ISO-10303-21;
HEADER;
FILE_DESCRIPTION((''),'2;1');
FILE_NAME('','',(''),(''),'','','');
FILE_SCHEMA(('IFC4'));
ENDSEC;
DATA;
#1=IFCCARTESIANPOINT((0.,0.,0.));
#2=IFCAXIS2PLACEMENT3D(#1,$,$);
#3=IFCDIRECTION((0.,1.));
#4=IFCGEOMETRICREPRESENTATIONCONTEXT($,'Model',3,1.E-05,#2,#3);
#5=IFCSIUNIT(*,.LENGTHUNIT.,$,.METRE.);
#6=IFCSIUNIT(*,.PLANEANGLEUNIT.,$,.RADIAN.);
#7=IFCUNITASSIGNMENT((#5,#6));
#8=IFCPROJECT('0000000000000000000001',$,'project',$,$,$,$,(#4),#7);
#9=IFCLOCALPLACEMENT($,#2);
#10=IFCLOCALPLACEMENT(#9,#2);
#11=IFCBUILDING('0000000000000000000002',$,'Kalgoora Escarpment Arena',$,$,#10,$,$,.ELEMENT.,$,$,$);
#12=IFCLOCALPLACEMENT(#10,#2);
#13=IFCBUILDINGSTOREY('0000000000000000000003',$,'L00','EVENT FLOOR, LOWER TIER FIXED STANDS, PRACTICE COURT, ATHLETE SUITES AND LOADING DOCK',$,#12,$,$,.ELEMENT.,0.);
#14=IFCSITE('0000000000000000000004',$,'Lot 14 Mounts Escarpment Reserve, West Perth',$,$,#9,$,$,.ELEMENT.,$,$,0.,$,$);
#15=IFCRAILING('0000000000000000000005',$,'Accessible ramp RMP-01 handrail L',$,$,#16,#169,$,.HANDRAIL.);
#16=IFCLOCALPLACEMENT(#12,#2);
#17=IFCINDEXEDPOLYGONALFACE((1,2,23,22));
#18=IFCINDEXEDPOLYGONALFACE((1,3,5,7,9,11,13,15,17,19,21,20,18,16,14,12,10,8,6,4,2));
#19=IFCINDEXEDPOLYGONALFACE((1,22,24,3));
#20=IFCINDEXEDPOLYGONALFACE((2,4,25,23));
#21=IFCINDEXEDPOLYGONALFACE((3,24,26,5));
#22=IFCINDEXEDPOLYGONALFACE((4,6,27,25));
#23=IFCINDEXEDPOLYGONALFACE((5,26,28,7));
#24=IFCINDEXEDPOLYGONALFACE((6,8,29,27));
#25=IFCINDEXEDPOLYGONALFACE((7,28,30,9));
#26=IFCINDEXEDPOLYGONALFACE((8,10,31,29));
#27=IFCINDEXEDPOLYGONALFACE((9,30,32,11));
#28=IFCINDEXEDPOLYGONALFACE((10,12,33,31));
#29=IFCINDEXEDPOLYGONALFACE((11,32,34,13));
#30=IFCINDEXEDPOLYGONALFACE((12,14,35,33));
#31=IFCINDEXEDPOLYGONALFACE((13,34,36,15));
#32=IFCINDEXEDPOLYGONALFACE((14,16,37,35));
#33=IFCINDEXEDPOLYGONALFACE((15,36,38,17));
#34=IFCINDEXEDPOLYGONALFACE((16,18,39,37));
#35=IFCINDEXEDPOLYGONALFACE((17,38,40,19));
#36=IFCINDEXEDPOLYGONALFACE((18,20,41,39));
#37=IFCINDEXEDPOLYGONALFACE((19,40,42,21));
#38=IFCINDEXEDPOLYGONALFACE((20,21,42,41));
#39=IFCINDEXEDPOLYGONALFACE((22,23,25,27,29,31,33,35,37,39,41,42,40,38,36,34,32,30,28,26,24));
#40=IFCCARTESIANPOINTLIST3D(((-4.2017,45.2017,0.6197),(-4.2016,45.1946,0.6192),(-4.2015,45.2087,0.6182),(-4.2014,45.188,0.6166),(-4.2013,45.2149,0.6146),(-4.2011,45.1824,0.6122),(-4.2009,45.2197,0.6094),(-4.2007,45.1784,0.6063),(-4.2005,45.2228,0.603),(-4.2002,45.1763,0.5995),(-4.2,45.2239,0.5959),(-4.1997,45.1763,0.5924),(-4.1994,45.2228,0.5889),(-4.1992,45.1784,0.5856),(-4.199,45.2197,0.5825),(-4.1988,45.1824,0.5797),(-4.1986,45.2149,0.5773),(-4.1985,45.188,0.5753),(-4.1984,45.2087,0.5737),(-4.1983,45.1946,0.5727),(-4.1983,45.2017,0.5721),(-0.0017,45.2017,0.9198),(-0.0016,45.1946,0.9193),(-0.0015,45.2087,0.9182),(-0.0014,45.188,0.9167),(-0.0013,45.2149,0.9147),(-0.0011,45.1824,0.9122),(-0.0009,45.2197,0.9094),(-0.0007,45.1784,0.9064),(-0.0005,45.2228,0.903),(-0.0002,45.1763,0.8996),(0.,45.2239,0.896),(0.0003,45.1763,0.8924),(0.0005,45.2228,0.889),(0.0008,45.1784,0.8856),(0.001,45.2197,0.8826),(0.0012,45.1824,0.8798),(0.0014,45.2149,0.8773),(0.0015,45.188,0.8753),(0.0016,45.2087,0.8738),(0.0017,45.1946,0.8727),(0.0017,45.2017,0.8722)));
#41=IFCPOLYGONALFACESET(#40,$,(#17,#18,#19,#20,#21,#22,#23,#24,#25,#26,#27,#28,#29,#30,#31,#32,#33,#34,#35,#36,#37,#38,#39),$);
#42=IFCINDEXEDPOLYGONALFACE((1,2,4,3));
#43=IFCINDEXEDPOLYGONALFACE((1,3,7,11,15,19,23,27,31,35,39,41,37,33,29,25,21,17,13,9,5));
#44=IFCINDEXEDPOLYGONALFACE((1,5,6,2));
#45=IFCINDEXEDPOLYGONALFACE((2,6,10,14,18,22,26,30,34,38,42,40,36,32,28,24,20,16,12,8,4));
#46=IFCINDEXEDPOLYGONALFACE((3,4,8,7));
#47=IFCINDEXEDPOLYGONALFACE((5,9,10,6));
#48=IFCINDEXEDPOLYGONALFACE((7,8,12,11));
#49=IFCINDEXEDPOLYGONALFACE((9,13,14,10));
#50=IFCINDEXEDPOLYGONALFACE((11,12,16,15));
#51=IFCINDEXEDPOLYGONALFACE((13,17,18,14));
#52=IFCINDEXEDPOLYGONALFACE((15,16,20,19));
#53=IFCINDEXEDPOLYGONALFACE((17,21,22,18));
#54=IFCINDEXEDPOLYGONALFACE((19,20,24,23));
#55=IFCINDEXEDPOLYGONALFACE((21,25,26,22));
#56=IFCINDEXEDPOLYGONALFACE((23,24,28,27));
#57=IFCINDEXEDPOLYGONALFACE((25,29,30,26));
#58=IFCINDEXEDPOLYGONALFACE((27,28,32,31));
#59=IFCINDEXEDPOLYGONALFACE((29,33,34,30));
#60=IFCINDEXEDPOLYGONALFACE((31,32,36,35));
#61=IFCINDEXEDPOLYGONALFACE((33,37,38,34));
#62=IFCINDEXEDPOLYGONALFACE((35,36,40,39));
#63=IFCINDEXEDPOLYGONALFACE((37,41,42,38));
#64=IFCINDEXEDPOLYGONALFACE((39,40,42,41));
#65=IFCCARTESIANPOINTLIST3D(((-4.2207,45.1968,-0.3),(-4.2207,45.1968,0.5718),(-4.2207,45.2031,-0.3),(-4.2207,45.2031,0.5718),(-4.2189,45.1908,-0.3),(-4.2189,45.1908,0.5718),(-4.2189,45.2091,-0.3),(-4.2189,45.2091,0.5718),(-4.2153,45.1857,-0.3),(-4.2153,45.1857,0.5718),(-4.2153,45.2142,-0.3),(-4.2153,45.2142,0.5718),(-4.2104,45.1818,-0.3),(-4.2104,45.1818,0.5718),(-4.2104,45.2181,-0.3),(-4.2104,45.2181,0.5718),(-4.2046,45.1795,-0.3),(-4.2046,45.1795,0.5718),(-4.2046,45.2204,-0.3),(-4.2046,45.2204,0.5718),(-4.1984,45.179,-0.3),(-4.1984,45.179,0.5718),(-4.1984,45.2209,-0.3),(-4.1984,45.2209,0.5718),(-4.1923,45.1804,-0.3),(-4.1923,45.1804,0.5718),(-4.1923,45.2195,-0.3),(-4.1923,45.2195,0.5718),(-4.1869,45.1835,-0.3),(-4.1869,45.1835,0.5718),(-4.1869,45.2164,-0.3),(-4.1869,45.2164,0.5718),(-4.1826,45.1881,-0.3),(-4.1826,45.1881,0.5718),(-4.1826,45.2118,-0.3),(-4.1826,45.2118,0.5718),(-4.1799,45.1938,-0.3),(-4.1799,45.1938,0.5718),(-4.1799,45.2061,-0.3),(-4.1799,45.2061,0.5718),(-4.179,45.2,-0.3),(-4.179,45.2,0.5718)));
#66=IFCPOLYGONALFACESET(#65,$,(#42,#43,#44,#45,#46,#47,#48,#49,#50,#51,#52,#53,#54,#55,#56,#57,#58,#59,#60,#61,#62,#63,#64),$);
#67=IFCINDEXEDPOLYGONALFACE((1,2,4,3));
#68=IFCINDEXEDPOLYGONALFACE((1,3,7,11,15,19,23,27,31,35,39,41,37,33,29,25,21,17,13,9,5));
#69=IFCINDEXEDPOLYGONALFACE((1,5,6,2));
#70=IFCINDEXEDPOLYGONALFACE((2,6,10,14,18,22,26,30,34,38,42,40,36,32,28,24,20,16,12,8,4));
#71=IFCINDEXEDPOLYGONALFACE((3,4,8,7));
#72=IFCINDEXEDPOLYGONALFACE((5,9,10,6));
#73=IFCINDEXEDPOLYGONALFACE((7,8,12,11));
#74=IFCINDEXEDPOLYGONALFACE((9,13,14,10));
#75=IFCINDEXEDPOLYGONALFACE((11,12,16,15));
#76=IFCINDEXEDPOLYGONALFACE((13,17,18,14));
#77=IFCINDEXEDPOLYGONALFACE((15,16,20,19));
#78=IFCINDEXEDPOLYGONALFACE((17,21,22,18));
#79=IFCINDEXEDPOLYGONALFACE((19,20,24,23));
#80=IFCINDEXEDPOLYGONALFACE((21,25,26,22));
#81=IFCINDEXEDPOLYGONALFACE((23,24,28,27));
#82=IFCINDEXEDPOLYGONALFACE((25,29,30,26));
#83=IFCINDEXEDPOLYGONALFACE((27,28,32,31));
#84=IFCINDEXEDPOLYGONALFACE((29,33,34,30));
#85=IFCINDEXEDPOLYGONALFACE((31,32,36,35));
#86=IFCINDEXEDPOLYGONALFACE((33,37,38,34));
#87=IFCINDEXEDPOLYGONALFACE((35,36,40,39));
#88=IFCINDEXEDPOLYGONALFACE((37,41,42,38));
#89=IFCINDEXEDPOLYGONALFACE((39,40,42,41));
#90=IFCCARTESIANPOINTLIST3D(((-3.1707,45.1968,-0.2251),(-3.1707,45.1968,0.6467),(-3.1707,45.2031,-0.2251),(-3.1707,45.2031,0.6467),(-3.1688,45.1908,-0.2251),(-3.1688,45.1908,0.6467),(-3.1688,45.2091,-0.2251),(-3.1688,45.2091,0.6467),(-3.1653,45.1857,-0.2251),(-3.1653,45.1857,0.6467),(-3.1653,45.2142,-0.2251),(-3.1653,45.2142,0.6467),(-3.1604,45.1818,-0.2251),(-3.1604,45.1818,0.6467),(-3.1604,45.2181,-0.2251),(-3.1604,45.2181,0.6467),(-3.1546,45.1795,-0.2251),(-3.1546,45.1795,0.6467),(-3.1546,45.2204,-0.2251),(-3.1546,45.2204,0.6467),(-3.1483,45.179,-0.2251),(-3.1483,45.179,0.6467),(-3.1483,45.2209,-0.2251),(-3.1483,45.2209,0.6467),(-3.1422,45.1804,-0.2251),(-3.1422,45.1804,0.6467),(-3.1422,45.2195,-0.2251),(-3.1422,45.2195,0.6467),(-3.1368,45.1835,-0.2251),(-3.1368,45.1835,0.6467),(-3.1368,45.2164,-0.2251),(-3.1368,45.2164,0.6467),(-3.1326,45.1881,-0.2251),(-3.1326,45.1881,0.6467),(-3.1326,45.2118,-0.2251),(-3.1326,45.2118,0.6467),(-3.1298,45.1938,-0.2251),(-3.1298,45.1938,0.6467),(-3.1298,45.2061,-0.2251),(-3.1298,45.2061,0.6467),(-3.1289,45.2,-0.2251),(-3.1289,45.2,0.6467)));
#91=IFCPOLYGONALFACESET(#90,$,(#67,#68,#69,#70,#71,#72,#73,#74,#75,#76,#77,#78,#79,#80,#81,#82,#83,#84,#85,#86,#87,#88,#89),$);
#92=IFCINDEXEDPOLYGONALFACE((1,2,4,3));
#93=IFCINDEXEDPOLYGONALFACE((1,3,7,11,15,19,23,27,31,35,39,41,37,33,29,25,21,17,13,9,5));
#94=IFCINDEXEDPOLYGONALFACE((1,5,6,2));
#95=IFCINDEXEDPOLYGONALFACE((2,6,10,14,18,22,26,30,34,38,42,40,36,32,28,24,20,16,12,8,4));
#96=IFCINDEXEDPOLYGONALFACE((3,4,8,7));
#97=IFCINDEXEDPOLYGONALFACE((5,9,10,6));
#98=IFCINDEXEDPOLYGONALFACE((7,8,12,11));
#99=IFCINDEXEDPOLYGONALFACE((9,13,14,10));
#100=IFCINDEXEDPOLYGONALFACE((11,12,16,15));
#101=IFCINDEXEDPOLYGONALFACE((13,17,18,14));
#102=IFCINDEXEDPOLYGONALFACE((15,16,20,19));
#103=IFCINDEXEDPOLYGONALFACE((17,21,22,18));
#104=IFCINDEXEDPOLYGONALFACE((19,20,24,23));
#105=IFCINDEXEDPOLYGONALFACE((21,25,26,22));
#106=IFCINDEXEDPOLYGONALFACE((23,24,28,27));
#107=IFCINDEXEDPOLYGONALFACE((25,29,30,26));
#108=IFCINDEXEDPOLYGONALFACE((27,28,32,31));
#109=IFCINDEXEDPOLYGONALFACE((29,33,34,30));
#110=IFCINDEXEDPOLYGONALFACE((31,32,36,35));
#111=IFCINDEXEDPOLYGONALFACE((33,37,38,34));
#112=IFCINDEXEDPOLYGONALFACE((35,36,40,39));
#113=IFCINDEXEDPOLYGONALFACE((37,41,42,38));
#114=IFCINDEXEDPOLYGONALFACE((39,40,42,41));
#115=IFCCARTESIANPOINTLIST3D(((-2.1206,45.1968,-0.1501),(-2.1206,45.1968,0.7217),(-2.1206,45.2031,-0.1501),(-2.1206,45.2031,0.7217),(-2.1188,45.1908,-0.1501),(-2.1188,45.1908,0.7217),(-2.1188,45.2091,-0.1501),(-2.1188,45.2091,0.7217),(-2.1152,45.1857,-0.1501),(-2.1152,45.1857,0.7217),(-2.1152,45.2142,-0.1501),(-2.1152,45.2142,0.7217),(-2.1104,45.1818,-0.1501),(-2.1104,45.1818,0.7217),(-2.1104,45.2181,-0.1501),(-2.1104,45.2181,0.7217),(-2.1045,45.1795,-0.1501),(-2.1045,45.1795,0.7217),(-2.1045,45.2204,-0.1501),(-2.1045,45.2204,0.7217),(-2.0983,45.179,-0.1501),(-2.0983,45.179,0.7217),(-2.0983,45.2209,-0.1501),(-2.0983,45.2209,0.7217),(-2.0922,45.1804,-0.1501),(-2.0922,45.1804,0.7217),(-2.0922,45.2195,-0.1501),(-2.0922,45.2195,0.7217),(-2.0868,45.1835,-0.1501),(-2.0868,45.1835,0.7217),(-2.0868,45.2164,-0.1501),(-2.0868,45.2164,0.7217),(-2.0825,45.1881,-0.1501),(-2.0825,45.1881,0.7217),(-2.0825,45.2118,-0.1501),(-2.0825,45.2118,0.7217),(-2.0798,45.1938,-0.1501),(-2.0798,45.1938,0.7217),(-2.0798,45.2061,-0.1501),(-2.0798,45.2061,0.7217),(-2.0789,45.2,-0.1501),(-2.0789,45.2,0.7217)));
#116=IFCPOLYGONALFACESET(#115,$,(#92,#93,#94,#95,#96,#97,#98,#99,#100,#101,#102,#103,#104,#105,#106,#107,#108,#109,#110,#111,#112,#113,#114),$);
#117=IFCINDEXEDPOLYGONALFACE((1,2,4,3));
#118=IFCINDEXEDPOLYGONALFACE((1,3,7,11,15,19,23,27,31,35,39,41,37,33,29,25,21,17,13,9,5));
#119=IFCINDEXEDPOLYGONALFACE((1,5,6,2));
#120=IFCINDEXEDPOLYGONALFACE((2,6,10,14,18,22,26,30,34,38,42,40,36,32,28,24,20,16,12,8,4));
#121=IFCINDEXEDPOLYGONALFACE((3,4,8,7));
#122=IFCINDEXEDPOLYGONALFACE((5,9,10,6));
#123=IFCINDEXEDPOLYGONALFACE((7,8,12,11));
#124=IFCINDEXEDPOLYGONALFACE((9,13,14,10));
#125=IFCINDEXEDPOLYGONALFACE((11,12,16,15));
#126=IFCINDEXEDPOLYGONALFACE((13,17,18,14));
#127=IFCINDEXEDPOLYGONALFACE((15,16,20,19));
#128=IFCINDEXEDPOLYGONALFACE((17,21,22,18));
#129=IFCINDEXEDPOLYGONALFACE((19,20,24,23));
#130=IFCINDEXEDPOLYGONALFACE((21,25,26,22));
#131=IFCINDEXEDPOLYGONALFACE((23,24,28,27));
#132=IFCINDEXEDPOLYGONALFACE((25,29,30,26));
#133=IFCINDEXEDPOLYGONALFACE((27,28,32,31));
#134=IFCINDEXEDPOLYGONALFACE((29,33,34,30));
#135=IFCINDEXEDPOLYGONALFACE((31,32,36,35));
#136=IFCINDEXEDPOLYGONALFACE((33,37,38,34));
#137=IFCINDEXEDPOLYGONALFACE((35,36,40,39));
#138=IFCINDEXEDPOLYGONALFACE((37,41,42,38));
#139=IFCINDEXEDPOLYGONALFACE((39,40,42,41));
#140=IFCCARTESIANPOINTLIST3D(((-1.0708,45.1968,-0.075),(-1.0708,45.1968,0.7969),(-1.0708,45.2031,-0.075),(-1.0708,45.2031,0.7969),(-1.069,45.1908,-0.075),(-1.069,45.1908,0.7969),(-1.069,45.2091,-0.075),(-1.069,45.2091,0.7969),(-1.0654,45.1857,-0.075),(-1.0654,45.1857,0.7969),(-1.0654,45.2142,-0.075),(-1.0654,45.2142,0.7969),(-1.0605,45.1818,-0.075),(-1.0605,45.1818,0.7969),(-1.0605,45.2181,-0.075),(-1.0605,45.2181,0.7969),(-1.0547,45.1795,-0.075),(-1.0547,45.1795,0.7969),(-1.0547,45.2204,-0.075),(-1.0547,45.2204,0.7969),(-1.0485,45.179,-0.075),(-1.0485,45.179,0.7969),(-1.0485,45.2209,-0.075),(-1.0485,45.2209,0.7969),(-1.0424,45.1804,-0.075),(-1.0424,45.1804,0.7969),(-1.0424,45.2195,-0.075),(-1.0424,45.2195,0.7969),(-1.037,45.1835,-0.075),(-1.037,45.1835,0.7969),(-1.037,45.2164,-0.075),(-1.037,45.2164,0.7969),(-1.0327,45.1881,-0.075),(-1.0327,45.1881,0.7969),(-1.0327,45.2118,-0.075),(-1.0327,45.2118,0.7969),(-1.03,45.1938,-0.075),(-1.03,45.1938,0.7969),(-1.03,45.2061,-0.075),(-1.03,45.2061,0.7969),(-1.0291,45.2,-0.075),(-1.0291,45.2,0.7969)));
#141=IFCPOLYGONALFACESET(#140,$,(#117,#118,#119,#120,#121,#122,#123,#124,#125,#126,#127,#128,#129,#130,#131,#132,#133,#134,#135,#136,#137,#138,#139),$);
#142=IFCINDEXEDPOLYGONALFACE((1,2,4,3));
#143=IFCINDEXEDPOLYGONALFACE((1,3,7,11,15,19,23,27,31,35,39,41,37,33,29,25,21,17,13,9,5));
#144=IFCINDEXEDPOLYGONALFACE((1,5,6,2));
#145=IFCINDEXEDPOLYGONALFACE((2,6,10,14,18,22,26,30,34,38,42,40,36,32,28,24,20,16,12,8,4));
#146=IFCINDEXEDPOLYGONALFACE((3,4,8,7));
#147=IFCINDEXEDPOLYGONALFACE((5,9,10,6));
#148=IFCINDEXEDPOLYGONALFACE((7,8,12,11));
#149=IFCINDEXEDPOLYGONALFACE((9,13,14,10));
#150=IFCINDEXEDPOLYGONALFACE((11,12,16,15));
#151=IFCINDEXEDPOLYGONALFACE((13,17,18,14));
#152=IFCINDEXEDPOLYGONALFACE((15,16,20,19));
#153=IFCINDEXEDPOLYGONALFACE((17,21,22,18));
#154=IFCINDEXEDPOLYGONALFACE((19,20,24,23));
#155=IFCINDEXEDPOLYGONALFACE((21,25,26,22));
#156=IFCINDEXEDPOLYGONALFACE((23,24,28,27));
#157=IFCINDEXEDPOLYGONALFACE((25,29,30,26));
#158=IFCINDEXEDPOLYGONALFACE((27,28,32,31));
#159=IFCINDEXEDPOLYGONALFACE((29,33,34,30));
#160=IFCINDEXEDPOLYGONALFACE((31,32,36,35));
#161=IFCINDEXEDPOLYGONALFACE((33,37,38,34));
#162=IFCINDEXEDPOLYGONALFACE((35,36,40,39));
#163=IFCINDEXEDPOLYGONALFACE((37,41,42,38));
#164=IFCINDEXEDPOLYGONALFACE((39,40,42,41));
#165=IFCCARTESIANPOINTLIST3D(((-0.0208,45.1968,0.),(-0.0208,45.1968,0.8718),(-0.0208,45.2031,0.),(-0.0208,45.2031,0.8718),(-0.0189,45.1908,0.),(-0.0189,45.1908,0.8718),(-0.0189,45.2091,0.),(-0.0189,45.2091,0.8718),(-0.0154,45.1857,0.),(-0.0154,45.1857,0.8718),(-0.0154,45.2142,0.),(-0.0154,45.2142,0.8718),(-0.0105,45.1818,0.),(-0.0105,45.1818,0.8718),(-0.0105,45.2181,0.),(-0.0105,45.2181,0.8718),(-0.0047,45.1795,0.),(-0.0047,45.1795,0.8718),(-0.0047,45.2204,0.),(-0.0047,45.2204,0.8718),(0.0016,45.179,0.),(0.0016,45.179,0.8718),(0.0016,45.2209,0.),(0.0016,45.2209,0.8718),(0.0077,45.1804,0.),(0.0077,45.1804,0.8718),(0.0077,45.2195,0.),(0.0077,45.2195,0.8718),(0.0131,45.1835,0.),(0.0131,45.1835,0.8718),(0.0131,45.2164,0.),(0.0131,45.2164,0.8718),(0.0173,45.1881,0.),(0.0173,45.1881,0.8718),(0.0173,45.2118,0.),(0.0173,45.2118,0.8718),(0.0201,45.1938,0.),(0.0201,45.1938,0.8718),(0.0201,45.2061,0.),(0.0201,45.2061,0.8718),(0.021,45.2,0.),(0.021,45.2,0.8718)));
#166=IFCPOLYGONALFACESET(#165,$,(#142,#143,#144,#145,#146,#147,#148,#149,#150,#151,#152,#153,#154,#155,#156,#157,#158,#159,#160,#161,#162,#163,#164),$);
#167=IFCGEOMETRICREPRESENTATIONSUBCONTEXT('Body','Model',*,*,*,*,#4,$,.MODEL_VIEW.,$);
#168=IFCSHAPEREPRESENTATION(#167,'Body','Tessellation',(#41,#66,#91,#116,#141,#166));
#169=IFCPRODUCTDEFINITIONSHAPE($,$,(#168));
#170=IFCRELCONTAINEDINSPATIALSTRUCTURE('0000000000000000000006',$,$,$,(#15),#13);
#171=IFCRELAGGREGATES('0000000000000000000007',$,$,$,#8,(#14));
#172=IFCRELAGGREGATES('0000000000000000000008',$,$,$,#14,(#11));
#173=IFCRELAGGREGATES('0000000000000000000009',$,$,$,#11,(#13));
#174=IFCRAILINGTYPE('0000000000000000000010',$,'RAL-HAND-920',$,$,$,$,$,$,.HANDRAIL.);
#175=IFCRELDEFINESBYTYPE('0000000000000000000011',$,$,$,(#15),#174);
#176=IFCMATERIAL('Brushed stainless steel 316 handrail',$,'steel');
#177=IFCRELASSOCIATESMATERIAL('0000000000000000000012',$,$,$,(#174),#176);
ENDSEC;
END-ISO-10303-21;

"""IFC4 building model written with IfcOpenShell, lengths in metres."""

from ifc_helpers import new_model, si_unit, direction, frame, origin, origin_2d, place, context, subcontext, project, spatial, circle, extrude, material, type_object, element, save


model = new_model("IFC4")

# Units and contexts
model_context = context("Model", 3, precision=1e-05, world=origin(), true_north=direction((0.0, 1.0)))
body_context = subcontext(model_context, "Body", "Model", "MODEL_VIEW")
ifc_project = project(units=[si_unit("LENGTHUNIT", "METRE"), si_unit("PLANEANGLEUNIT", "RADIAN")], contexts=[model_context])

# Site, building, storey
site_placement = place(None, origin())
site = spatial("IfcSite", under=ifc_project, at=site_placement, Name="Lot 14 Mounts Escarpment Reserve, West Perth", CompositionType="ELEMENT", RefElevation=0.0)
building_placement = place(site_placement, origin())
building = spatial("IfcBuilding", under=site, at=building_placement, Name="Kalgoora Escarpment Arena", CompositionType="ELEMENT")
storey_placement = place(building_placement, origin())
storey = spatial("IfcBuildingStorey", under=building, at=storey_placement, Name="L00", Description="EVENT FLOOR, LOWER TIER FIXED STANDS, PRACTICE COURT, ATHLETE SUITES AND LOADING DOCK", CompositionType="ELEMENT", Elevation=0.0)

# Railing
ifc_material_1 = material(Name="Brushed stainless steel 316 handrail", Category="steel")
railing_type = type_object("IfcRailingType", Name="RAL-HAND-920", PredefinedType="HANDRAIL", material=ifc_material_1)
for number, where, name in (
    (1, (-4.2, 45.2, -0.3), "Accessible ramp RMP-01 handrail L"),
):
    element("IfcRailing", number, at=place(storey_placement, frame(where)), inside=storey, type_object=railing_type, Name=name, PredefinedType="HANDRAIL", context=body_context, shape_type="SweptSolid", body=[
        extrude(circle(Radius=0.0239, at=origin_2d()), frame((0.0, 0.0, 0.896), z_axis=(0.997458, 0.0, 0.071259), x_axis=(0.0, 1.0, 0.0)), (0.0, 0.0, 1.0), 4.2107),
        extrude(circle(Radius=0.021, at=origin_2d()), origin(), (0.0, 0.0, 1.0), 0.8718),
        extrude(circle(Radius=0.021, at=origin_2d()), frame((1.05, 0.0, 0.075)), (0.0, 0.0, 1.0), 0.8718),
        extrude(circle(Radius=0.021, at=origin_2d()), frame((2.1001, 0.0, 0.1499)), (0.0, 0.0, 1.0), 0.8718),
        extrude(circle(Radius=0.021, at=origin_2d()), frame((3.1499, 0.0, 0.2251)), (0.0, 0.0, 1.0), 0.8718),
        extrude(circle(Radius=0.021, at=origin_2d()), frame((4.2, 0.0, 0.3)), (0.0, 0.0, 1.0), 0.8718),
    ])

save(model, "model.ifc")
